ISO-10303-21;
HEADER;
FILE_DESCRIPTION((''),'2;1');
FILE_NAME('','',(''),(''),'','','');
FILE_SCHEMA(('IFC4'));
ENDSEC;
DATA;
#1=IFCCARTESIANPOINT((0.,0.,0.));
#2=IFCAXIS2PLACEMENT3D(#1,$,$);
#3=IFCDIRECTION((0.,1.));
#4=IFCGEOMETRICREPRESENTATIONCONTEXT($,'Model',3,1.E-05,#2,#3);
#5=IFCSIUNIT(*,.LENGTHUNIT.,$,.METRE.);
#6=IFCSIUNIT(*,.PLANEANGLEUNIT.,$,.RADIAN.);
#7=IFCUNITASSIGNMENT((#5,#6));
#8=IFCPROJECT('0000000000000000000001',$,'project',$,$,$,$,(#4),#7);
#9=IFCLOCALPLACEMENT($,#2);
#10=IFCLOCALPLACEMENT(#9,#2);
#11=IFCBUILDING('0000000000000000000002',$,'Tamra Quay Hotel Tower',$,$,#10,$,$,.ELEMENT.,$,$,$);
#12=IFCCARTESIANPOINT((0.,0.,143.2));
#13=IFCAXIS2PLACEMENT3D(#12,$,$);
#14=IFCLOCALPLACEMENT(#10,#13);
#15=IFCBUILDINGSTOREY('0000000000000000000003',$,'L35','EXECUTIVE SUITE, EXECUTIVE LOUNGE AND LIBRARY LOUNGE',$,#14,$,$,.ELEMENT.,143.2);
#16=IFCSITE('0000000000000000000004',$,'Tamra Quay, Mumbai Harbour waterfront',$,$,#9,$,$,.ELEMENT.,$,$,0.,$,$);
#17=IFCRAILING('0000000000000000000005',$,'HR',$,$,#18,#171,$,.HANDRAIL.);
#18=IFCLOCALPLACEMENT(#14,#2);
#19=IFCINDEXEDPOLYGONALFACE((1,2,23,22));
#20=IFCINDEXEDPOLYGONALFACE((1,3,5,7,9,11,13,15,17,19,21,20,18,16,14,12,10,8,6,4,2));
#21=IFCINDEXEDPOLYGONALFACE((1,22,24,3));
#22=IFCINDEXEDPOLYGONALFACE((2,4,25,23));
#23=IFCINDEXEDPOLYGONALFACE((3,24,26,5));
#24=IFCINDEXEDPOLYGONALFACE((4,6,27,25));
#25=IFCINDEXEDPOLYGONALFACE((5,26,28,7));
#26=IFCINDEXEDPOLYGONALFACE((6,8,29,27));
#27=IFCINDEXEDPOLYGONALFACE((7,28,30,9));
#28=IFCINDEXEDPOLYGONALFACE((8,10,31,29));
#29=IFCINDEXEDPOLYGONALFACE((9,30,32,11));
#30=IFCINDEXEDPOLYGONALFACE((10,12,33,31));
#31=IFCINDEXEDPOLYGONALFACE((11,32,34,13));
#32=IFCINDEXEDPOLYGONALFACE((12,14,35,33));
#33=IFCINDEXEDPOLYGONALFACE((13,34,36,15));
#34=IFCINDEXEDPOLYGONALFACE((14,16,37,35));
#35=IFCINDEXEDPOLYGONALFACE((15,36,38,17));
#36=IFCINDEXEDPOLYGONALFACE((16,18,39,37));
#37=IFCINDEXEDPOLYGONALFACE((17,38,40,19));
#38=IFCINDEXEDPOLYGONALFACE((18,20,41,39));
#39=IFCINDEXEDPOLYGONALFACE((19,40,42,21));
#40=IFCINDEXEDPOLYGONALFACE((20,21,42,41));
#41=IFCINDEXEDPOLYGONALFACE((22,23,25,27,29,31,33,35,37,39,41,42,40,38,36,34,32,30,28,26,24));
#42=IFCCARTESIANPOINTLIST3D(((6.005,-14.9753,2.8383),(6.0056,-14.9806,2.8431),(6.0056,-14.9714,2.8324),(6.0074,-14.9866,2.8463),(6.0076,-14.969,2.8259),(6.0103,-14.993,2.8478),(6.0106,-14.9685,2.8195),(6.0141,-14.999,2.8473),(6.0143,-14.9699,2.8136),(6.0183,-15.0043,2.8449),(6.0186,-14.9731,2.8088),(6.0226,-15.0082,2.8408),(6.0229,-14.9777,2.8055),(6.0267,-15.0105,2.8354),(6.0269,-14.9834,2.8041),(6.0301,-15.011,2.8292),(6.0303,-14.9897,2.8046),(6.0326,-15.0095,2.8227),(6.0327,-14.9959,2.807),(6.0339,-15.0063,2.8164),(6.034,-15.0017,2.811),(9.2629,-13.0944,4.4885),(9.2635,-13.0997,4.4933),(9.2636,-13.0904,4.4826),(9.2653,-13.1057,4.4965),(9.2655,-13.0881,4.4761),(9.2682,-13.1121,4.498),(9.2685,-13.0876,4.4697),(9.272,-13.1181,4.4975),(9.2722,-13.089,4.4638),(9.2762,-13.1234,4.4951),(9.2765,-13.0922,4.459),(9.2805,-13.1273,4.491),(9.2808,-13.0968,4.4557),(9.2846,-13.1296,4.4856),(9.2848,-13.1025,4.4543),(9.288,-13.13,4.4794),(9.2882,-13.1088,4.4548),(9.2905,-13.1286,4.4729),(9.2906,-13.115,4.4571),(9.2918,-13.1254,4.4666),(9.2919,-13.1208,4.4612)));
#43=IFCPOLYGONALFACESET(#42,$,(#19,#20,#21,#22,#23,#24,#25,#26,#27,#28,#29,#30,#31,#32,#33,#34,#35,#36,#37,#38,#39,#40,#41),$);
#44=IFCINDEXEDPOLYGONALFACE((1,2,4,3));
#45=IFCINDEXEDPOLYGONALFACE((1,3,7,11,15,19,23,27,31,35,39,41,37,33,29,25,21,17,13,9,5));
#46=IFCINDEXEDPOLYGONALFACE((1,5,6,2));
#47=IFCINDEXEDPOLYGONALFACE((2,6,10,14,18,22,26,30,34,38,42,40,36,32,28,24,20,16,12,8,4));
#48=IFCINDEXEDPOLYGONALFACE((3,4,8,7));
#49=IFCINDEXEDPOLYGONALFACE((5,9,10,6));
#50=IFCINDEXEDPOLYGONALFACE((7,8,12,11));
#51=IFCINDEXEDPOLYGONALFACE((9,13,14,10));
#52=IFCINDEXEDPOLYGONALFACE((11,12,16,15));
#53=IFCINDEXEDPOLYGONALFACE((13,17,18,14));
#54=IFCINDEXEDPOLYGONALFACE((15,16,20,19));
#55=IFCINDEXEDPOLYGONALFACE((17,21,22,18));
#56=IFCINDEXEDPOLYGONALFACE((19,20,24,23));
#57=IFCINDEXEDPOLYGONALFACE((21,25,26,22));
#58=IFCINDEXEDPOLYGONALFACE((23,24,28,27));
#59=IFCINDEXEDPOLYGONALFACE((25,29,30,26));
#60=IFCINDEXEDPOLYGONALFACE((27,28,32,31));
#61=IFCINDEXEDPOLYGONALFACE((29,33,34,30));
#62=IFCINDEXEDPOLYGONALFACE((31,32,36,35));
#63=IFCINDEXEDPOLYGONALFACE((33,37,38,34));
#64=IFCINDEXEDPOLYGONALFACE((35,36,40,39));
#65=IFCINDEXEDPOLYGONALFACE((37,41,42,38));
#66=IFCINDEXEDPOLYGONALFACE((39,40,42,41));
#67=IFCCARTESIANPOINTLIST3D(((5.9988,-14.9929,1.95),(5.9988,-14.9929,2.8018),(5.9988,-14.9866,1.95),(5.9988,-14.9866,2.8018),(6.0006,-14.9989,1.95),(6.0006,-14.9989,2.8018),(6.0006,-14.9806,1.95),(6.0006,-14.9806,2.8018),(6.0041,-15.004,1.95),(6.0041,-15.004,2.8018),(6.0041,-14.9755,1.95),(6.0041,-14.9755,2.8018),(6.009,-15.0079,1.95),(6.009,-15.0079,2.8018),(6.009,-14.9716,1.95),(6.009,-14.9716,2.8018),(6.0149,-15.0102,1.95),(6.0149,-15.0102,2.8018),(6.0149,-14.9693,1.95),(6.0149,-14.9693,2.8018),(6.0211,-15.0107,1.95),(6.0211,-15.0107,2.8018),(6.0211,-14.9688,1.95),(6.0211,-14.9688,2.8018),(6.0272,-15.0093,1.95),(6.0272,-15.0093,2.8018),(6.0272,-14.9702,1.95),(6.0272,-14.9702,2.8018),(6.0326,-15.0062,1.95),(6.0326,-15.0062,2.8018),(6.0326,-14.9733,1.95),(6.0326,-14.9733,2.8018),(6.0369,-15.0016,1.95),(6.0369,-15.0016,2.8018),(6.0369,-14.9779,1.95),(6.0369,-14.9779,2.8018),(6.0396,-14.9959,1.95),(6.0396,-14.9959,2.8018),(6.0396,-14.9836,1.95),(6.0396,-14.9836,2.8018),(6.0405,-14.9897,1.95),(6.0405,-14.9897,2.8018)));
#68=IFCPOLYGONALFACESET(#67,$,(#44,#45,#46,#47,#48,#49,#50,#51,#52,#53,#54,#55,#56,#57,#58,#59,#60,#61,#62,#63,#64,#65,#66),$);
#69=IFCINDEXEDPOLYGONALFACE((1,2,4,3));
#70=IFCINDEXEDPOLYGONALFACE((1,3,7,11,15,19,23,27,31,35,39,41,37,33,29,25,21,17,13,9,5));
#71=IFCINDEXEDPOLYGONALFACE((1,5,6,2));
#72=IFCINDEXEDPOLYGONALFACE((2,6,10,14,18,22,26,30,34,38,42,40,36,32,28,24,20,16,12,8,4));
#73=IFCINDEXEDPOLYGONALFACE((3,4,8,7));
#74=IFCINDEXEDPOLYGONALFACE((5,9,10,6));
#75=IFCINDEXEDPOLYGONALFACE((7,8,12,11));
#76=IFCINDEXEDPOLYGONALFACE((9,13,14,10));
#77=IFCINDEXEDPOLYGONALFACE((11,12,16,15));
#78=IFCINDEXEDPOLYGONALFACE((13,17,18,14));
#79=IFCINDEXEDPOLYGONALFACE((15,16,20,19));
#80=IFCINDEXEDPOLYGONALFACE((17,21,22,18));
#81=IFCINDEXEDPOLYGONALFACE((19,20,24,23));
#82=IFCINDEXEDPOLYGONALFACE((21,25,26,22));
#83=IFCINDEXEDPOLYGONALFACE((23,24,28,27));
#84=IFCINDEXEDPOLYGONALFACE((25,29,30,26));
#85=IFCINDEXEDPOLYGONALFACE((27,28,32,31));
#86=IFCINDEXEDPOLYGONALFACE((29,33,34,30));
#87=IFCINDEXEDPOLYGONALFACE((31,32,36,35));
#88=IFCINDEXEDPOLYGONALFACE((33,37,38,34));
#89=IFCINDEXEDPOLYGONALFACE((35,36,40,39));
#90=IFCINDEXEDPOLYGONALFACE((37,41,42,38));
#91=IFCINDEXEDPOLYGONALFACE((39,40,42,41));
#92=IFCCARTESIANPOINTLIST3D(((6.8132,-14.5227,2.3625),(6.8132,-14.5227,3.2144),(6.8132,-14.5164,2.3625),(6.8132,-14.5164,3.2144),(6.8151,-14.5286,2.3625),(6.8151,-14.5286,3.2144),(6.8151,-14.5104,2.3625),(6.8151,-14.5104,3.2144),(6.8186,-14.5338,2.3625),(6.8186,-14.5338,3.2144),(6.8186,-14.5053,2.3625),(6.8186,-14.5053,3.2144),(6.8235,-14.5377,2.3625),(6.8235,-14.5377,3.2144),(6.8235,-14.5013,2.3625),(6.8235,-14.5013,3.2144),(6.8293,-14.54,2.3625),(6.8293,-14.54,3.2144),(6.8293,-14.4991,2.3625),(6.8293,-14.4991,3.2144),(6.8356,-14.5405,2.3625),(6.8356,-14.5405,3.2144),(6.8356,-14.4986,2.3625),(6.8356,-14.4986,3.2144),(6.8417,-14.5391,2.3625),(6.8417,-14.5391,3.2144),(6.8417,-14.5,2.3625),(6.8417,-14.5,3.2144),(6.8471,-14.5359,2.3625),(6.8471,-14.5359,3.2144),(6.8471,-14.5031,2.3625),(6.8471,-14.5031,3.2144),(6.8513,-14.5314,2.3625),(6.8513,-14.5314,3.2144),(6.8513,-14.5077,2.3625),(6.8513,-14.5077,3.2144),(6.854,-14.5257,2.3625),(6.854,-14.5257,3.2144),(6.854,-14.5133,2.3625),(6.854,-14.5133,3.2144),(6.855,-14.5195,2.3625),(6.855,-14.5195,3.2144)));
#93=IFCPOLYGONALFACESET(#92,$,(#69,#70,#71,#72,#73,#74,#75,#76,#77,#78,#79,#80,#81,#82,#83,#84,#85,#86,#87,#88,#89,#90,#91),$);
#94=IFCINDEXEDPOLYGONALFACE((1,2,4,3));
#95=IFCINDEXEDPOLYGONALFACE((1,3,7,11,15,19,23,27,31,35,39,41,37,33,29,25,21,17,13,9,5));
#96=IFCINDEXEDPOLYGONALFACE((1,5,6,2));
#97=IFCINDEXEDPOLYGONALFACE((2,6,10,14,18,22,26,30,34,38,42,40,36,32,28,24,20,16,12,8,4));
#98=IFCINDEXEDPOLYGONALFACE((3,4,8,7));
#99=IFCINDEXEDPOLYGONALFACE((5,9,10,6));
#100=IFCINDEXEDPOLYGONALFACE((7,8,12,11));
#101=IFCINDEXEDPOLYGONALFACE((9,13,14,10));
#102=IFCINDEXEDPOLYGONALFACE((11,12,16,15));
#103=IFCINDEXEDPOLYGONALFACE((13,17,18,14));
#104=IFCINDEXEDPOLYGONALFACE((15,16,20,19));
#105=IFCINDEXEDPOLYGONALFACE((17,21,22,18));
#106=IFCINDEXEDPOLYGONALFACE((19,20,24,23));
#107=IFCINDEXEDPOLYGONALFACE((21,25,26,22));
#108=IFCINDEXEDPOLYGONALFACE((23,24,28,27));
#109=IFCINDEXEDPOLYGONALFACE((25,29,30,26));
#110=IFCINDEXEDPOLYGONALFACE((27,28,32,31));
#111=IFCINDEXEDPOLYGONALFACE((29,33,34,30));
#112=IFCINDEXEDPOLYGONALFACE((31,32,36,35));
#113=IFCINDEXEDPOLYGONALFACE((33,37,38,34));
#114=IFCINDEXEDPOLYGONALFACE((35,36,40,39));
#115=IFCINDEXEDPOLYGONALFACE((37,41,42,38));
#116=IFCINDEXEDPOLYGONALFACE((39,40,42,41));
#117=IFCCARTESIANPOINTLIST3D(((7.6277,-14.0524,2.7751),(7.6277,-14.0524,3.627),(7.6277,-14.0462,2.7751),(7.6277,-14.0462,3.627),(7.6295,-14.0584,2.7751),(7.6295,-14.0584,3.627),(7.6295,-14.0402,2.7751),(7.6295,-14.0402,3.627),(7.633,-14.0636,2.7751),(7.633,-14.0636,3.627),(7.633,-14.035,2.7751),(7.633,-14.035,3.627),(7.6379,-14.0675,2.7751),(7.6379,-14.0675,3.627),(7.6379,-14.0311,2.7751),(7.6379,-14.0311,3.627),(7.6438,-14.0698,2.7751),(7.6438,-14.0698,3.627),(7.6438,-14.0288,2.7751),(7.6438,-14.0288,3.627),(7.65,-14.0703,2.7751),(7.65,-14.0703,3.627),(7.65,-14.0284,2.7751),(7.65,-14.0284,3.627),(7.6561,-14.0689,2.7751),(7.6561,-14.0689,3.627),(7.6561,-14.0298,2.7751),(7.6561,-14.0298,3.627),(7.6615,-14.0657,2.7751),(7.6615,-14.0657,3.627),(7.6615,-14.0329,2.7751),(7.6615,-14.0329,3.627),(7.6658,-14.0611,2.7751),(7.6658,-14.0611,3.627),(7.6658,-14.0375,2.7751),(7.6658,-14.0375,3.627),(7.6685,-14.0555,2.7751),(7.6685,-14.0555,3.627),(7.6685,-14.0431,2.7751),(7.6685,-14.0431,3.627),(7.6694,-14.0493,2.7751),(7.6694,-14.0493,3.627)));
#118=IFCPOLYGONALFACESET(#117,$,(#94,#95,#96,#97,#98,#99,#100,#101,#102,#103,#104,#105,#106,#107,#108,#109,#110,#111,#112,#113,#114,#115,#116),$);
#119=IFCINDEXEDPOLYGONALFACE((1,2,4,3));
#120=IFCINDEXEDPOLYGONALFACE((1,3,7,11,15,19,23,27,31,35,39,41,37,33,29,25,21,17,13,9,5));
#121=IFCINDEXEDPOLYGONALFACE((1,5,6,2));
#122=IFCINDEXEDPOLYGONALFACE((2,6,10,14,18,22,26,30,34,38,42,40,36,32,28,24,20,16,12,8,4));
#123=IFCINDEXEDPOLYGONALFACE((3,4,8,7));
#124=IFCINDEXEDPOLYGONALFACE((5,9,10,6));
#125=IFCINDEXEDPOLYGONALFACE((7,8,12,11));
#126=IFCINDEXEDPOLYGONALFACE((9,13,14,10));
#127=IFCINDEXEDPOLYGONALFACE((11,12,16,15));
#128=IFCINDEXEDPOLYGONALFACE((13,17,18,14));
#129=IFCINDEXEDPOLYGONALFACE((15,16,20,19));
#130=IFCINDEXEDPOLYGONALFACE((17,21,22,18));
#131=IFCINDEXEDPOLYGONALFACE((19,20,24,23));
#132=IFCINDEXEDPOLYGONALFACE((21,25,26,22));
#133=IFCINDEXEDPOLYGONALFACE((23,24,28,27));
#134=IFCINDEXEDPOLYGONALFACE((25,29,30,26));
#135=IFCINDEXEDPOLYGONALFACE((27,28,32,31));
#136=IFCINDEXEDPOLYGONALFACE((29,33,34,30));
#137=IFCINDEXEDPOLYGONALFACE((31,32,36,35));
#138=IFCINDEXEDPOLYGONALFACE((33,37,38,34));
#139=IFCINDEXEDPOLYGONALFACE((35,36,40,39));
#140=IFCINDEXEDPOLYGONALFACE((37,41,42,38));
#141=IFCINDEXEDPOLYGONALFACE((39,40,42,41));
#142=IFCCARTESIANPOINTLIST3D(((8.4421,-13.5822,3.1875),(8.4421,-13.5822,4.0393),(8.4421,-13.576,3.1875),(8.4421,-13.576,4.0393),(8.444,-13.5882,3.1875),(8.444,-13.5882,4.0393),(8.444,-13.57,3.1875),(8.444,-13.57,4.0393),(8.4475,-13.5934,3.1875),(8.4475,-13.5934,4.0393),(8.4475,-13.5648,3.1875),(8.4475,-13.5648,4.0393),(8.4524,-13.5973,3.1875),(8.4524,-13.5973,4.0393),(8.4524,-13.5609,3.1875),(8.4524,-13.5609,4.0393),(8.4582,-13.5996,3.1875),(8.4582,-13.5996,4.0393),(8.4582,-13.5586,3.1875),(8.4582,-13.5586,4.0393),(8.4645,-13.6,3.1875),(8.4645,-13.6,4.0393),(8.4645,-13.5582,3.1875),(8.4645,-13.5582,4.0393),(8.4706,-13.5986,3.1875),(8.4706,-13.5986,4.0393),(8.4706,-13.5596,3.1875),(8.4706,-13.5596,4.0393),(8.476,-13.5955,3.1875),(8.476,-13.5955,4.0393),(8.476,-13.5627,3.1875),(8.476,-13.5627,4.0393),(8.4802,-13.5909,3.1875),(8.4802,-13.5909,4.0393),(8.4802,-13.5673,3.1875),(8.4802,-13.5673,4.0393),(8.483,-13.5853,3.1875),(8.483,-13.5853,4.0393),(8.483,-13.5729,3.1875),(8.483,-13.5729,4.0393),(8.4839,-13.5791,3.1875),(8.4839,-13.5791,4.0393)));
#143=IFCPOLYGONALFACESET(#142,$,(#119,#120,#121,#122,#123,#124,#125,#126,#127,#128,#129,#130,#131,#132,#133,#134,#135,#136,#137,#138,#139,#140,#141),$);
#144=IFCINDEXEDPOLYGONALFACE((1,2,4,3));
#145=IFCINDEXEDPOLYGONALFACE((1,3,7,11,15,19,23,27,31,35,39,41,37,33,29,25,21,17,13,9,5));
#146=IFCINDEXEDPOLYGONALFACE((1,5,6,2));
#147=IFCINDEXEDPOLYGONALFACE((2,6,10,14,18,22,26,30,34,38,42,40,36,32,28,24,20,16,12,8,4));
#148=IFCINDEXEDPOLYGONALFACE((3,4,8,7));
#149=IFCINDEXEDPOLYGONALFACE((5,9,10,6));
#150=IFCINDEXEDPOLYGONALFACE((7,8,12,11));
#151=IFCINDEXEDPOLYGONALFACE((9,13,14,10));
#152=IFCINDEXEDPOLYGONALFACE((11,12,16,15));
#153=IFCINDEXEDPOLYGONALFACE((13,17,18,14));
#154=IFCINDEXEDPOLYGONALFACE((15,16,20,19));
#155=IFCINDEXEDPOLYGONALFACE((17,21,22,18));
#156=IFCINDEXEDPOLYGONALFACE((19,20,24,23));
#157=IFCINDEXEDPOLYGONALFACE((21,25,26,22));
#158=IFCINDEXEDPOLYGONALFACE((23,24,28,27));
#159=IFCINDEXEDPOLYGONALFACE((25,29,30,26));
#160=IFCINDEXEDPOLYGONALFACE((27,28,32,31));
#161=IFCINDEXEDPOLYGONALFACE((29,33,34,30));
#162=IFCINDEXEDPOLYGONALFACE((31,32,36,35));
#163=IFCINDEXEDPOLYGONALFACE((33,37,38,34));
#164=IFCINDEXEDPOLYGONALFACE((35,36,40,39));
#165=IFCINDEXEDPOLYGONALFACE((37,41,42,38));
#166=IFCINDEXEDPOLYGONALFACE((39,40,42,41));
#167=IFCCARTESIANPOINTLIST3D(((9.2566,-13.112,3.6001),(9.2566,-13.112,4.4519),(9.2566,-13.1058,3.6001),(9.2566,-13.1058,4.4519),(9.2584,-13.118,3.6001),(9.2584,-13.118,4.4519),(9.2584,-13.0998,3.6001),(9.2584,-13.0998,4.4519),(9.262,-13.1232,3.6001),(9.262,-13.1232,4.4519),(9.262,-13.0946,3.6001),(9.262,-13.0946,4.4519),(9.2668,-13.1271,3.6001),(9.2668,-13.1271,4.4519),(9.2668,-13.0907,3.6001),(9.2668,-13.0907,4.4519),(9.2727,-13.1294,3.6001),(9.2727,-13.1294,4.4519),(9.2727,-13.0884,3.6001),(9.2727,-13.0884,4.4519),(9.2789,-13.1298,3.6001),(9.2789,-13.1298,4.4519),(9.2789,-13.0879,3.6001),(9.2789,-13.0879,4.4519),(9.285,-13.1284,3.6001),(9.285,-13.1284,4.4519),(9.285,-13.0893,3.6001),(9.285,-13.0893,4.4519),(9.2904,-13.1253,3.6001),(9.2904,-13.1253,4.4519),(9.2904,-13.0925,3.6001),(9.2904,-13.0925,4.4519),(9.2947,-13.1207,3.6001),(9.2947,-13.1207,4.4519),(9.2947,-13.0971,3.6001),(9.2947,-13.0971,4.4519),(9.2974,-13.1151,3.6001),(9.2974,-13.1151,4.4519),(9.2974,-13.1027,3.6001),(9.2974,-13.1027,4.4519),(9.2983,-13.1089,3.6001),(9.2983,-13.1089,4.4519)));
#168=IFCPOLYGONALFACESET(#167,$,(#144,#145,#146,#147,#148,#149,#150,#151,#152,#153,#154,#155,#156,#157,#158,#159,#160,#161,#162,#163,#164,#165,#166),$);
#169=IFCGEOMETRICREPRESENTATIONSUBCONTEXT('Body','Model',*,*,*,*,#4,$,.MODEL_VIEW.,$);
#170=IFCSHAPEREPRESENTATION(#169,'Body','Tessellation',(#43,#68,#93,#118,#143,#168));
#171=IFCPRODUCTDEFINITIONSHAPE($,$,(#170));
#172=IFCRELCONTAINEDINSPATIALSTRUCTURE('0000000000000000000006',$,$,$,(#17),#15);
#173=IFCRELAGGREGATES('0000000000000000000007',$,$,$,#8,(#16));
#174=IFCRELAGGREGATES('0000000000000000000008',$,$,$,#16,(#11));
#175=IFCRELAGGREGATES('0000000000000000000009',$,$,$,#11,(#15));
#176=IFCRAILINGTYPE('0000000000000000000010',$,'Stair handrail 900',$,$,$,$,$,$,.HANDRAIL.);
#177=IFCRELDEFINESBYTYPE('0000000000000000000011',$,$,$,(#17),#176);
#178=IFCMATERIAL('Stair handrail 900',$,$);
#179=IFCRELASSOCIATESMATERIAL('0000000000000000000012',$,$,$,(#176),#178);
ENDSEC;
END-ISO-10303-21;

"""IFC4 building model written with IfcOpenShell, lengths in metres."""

from ifc_helpers import new_model, si_unit, direction, frame, origin, origin_2d, place, context, subcontext, project, spatial, circle, extrude, material, type_object, element, save


model = new_model("IFC4")

# Units and contexts
model_context = context("Model", 3, precision=1e-05, world=origin(), true_north=direction((0.0, 1.0)))
body_context = subcontext(model_context, "Body", "Model", "MODEL_VIEW")
ifc_project = project(units=[si_unit("LENGTHUNIT", "METRE"), si_unit("PLANEANGLEUNIT", "RADIAN")], contexts=[model_context])

# Site, building, storey
site_placement = place(None, origin())
site = spatial("IfcSite", under=ifc_project, at=site_placement, Name="Tamra Quay, Mumbai Harbour waterfront", CompositionType="ELEMENT", RefElevation=0.0)
building_placement = place(site_placement, origin())
building = spatial("IfcBuilding", under=site, at=building_placement, Name="Tamra Quay Hotel Tower", CompositionType="ELEMENT")
storey_placement = place(building_placement, frame((0.0, 0.0, 143.2)))
storey = spatial("IfcBuildingStorey", under=building, at=storey_placement, Name="L35", Description="EXECUTIVE SUITE, EXECUTIVE LOUNGE AND LIBRARY LOUNGE", CompositionType="ELEMENT", Elevation=143.2)

# Railing
ifc_material_1 = material(Name="Stair handrail 900")
railing_type_1 = type_object("IfcRailingType", Name="Stair handrail 900", PredefinedType="HANDRAIL", material=ifc_material_1)
railing_1_placement = place(storey_placement, frame((6.0195, -14.9897, 1.95)))
element("IfcRailing", 1, at=railing_1_placement, inside=storey, type_object=railing_type_1, Name="HR", PredefinedType="HANDRAIL", context=body_context, shape_type="SweptSolid", body=[
    extrude(circle(Radius=0.0239, at=origin_2d()), frame((0.0, 0.0, 0.876), z_axis=(0.793081, 0.457876, 0.401711), x_axis=(-0.499992, 0.86603, 0.0)), (0.0, 0.0, 1.0), 4.1079),
    extrude(circle(Radius=0.021, at=origin_2d()), origin(), (0.0, 0.0, 1.0), 0.8518),
    extrude(circle(Radius=0.021, at=origin_2d()), frame((0.8145, 0.4702, 0.4126)), (0.0, 0.0, 1.0), 0.8518),
    extrude(circle(Radius=0.021, at=origin_2d()), frame((1.6289, 0.9404, 0.8252)), (0.0, 0.0, 1.0), 0.8518),
    extrude(circle(Radius=0.021, at=origin_2d()), frame((2.4434, 1.4106, 1.2375)), (0.0, 0.0, 1.0), 0.8518),
    extrude(circle(Radius=0.021, at=origin_2d()), frame((3.2578, 1.8809, 1.6501)), (0.0, 0.0, 1.0), 0.8518),
])

save(model, "model.ifc")
